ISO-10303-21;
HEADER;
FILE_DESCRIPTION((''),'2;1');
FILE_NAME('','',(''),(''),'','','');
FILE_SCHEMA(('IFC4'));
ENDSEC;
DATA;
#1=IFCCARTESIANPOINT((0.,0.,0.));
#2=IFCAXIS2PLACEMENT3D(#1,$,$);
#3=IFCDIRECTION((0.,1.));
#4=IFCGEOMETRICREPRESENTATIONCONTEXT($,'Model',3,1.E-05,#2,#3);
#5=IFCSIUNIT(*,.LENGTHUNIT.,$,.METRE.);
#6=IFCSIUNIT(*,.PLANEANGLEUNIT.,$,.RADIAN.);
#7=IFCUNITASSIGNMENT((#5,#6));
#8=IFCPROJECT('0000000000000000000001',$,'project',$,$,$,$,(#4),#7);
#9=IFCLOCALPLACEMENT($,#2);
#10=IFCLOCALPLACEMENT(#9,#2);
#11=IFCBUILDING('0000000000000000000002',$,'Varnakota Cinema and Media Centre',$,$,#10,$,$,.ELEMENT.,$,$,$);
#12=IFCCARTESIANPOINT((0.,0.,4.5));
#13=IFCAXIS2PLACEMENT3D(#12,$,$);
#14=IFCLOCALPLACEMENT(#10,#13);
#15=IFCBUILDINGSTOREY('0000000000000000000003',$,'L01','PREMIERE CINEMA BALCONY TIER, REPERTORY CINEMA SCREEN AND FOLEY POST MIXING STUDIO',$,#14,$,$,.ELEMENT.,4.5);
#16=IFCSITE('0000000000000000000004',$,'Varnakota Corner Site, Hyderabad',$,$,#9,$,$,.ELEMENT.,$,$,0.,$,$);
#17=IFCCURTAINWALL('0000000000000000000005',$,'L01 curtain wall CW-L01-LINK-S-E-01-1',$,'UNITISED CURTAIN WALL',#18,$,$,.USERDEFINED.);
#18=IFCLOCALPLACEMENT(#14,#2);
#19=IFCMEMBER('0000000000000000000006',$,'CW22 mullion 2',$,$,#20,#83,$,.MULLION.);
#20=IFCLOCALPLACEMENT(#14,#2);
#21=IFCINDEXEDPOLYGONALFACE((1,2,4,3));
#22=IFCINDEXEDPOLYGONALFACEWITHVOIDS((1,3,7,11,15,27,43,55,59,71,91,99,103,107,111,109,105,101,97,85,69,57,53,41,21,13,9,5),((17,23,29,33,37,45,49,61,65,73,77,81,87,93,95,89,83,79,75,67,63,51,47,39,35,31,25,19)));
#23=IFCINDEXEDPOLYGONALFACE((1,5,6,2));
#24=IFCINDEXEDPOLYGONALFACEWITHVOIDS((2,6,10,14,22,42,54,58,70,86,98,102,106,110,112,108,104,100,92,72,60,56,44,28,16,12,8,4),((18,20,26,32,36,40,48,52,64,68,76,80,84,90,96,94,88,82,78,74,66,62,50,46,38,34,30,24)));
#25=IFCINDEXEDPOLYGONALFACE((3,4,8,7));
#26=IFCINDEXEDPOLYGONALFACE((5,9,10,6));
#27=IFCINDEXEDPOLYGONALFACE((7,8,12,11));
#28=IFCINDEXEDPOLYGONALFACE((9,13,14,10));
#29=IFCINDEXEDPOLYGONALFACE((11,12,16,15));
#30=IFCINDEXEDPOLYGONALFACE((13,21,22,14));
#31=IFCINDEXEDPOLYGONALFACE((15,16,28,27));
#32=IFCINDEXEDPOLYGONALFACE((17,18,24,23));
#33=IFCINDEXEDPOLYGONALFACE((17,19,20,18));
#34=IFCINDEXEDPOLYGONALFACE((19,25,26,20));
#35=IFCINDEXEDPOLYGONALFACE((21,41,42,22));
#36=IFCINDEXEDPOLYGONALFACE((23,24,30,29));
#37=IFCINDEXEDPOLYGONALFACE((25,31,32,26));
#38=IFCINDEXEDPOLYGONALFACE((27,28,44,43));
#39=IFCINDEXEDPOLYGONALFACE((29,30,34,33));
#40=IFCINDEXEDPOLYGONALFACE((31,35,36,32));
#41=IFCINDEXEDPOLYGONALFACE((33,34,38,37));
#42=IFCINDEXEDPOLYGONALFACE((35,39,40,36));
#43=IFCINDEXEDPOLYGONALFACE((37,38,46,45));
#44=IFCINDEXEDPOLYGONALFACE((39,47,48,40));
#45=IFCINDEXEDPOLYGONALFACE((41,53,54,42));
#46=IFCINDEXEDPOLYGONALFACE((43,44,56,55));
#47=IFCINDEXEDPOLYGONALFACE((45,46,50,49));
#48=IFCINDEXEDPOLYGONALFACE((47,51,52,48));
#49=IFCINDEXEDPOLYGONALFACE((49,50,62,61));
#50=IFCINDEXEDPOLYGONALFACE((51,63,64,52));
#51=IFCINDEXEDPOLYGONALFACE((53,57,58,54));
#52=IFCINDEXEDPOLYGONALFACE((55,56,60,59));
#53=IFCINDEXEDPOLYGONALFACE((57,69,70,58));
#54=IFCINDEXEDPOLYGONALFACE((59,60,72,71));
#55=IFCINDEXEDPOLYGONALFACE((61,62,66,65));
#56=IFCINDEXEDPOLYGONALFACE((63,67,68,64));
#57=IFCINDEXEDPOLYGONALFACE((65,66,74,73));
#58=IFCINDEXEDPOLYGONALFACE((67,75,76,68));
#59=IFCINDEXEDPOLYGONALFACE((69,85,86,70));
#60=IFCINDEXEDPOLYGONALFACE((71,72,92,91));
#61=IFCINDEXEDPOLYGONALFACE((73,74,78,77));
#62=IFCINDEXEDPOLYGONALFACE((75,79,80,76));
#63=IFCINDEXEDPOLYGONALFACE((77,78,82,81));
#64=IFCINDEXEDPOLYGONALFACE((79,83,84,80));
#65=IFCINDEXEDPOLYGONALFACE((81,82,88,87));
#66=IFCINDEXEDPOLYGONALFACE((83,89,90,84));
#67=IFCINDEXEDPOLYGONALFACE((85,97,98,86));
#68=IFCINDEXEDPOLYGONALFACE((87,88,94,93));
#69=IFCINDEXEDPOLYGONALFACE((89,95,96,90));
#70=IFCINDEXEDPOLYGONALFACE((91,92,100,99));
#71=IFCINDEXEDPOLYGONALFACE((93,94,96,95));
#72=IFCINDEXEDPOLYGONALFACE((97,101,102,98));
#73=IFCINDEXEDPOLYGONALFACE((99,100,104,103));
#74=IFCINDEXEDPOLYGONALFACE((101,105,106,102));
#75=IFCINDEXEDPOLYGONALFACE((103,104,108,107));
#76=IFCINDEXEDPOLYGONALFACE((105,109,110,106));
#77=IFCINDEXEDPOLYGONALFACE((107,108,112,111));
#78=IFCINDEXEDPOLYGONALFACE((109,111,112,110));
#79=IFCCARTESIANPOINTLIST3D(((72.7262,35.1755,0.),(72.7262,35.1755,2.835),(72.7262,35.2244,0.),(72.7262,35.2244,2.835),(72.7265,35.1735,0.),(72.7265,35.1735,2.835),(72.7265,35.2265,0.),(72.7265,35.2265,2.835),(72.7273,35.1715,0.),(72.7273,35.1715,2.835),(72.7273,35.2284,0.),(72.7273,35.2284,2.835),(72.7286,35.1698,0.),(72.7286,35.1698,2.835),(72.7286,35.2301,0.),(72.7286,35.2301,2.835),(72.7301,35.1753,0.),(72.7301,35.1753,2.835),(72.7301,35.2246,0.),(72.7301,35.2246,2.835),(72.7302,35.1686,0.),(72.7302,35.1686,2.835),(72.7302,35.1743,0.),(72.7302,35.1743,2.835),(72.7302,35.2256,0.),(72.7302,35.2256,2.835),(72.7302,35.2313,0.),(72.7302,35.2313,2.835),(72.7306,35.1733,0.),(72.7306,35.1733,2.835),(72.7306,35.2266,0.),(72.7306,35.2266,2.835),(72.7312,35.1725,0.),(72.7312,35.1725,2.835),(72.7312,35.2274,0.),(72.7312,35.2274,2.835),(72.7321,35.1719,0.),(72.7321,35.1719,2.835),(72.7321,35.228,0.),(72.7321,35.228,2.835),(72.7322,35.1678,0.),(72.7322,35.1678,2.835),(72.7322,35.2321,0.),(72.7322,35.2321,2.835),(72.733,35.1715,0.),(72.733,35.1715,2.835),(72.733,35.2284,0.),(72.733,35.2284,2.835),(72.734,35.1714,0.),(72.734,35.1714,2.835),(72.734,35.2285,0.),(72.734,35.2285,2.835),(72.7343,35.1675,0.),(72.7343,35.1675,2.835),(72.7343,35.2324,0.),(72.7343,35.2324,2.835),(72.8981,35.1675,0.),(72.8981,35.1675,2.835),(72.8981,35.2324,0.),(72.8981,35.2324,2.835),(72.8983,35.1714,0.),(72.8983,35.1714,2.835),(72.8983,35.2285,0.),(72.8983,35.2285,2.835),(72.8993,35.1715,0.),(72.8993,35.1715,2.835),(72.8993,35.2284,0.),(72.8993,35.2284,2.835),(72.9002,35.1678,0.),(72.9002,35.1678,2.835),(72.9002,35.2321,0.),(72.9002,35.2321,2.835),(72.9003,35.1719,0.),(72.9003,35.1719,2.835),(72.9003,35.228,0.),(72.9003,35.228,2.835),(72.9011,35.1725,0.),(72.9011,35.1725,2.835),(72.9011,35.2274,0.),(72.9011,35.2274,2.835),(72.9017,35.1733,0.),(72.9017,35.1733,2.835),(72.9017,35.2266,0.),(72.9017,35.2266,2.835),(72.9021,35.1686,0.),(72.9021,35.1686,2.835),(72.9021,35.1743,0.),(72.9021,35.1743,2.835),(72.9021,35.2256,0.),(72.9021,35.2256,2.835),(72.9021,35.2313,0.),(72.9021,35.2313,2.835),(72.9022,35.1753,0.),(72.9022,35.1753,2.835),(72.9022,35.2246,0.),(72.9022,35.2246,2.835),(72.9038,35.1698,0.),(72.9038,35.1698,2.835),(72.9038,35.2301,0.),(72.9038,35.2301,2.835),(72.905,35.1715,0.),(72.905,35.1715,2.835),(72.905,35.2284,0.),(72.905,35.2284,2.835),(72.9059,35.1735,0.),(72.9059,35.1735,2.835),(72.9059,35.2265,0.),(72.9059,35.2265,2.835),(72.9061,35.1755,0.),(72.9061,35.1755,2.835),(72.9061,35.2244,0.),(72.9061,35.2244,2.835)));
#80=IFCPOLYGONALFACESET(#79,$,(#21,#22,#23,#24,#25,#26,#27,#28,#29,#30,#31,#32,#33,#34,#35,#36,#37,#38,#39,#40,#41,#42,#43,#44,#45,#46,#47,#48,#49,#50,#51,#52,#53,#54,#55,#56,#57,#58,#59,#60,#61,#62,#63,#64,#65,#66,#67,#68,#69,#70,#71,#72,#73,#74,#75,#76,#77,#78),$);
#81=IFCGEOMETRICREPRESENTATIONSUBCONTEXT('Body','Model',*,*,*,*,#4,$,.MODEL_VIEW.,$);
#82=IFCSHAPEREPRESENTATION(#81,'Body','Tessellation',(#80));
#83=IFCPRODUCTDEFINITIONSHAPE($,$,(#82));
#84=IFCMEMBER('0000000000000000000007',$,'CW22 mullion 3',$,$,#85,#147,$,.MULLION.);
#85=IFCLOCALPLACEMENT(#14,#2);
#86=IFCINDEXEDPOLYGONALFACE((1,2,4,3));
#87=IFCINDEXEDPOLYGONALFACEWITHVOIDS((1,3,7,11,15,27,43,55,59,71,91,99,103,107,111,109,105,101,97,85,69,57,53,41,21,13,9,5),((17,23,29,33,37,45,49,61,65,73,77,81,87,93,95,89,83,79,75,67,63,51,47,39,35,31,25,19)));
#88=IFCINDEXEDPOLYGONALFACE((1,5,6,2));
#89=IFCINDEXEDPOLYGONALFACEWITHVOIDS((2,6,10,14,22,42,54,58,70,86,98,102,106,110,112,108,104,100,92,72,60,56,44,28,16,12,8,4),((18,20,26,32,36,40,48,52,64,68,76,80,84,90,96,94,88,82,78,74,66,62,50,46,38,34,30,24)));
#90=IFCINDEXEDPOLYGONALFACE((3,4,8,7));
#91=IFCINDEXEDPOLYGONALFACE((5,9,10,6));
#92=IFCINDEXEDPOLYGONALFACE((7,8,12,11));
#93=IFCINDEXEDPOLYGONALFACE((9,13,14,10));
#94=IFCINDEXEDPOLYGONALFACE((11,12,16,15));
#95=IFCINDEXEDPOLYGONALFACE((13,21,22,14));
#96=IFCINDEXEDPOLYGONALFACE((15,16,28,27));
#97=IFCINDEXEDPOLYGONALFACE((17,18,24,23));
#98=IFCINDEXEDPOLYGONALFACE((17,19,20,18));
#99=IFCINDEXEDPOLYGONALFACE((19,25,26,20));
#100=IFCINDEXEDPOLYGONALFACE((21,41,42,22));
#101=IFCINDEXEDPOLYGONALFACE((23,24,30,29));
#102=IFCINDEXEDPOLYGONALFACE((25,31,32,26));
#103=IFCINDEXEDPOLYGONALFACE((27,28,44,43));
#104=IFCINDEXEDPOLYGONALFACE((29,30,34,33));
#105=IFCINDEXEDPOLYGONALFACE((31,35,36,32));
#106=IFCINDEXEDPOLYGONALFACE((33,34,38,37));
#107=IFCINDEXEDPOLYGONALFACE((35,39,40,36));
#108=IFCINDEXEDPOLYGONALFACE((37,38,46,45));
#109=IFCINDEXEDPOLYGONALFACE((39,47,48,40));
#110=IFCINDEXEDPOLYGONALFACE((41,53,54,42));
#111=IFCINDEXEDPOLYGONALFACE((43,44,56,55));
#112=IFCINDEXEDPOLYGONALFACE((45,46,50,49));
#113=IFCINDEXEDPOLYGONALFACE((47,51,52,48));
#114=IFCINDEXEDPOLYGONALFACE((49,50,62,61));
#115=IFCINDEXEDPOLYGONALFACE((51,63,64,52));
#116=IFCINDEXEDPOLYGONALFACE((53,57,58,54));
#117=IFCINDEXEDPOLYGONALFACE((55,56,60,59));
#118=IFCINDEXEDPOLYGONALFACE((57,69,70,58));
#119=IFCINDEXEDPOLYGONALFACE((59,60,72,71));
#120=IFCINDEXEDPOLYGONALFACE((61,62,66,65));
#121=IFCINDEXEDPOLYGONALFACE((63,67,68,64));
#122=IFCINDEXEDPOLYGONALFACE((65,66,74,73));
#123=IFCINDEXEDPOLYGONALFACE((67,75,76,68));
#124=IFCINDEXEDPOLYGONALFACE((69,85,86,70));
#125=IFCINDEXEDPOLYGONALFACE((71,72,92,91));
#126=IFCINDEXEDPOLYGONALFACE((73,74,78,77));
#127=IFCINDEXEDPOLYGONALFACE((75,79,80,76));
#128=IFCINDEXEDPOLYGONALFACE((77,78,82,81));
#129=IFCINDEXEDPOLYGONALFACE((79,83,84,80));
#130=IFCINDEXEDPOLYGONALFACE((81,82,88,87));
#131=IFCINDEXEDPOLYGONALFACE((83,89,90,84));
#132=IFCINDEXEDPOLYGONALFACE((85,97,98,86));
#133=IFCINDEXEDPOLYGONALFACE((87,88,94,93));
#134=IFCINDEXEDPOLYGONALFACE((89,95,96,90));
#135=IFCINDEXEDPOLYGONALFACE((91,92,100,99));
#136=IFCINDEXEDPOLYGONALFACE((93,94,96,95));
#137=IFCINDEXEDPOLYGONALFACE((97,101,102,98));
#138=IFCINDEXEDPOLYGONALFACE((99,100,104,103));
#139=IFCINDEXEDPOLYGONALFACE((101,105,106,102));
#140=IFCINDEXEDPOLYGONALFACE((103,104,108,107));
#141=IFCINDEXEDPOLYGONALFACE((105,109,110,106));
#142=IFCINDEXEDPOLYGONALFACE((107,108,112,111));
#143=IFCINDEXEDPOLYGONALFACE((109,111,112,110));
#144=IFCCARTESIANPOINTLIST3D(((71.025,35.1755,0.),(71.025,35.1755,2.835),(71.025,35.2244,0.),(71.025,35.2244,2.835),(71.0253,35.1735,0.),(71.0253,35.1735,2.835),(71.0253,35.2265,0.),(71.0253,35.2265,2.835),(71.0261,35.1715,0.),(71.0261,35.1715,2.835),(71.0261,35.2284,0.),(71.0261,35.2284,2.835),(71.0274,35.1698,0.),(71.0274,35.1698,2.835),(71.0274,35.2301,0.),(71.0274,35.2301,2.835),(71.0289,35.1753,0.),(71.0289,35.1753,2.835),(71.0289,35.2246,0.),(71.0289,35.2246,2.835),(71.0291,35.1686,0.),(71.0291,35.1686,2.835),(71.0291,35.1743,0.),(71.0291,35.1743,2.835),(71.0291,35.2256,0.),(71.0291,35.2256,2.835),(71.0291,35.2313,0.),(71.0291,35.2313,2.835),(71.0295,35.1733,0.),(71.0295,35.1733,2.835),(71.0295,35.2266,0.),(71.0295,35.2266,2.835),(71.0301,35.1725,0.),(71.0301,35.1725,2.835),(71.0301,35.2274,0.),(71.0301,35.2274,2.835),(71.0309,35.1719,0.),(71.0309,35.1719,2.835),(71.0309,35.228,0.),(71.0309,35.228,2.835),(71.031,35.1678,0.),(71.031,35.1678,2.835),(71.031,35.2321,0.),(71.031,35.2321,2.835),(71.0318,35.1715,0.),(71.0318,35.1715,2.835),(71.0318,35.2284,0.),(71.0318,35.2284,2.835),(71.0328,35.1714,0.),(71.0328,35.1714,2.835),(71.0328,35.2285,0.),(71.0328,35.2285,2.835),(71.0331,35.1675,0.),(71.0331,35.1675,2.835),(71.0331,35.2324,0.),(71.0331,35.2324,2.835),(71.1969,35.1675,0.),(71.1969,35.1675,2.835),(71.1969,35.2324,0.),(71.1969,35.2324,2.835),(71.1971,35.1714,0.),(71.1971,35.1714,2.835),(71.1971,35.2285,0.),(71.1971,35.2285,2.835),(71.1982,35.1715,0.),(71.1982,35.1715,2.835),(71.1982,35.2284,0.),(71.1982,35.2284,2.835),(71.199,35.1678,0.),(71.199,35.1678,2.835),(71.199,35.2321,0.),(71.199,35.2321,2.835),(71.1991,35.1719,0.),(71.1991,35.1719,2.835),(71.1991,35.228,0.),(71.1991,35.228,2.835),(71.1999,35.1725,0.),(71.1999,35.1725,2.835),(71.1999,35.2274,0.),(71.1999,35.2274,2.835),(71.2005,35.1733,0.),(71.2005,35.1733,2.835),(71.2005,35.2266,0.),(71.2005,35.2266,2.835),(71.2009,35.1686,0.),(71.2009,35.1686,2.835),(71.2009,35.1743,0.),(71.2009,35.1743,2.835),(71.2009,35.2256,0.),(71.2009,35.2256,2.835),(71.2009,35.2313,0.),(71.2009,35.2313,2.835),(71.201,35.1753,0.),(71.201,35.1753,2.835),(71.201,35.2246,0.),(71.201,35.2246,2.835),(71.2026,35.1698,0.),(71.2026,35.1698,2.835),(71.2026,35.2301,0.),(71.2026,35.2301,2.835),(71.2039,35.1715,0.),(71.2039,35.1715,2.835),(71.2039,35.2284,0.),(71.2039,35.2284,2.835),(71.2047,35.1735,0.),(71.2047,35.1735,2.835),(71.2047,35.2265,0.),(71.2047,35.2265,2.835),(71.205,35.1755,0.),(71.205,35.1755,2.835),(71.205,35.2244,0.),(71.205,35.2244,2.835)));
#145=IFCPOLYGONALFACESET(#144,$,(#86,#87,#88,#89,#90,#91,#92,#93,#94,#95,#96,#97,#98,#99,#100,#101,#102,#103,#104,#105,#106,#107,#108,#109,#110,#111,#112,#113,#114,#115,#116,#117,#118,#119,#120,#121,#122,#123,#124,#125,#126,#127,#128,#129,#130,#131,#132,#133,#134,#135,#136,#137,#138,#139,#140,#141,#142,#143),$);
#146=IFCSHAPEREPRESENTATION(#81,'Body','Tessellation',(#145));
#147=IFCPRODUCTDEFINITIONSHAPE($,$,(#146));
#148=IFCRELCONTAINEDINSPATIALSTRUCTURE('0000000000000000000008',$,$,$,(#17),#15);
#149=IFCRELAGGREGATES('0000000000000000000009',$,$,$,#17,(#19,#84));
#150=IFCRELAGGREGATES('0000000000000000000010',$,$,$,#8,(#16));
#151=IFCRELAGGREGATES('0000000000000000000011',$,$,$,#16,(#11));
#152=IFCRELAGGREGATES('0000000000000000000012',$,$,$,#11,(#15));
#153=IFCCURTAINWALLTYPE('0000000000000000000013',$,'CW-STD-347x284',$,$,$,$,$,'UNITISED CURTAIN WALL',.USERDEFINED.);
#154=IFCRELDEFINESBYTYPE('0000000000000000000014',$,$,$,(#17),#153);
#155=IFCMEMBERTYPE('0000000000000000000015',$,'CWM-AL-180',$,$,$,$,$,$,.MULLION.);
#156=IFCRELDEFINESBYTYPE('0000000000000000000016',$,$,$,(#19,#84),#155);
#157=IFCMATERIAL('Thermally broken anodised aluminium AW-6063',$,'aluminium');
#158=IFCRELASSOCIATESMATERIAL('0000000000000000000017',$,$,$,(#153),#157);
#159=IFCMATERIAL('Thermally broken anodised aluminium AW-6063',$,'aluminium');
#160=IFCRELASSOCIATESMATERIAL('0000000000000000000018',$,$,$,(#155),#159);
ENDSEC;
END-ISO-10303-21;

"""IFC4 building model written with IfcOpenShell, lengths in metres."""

from ifc_helpers import new_model, si_unit, direction, frame, origin, origin_2d, place, context, subcontext, project, spatial, hollow_rectangle, extrude, material, material_profile, profile_set, type_object, element, aggregate, save


model = new_model("IFC4")

# Units and contexts
model_context = context("Model", 3, precision=1e-05, world=origin(), true_north=direction((0.0, 1.0)))
body_context = subcontext(model_context, "Body", "Model", "MODEL_VIEW")
ifc_project = project(units=[si_unit("LENGTHUNIT", "METRE"), si_unit("PLANEANGLEUNIT", "RADIAN")], contexts=[model_context])

# Site, building, storey
site_placement = place(None, origin())
site = spatial("IfcSite", under=ifc_project, at=site_placement, Name="Varnakota Corner Site, Hyderabad", CompositionType="ELEMENT", RefElevation=0.0)
building_placement = place(site_placement, origin())
building = spatial("IfcBuilding", under=site, at=building_placement, Name="Varnakota Cinema and Media Centre", CompositionType="ELEMENT")
storey_placement = place(building_placement, frame((0.0, 0.0, 4.5)))
storey = spatial("IfcBuildingStorey", under=building, at=storey_placement, Name="L01", Description="PREMIERE CINEMA BALCONY TIER, REPERTORY CINEMA SCREEN AND FOLEY POST MIXING STUDIO", CompositionType="ELEMENT", Elevation=4.5)

# Curtain wall, members
ifc_material_1 = material(Name="Thermally broken anodised aluminium AW-6063", Category="aluminium")
curtain_wall_type = type_object("IfcCurtainWallType", Name="CW-STD-347x284", ElementType="UNITISED CURTAIN WALL", PredefinedType="USERDEFINED", material=ifc_material_1)
curtain_wall_1_placement = place(storey_placement, origin())
curtain_wall_1 = element("IfcCurtainWall", 1, at=curtain_wall_1_placement, inside=storey, type_object=curtain_wall_type, Name="L01 curtain wall CW-L01-LINK-S-E-01-1", ObjectType="UNITISED CURTAIN WALL", PredefinedType="USERDEFINED")
ifc_material_2 = material(Name="Thermally broken anodised aluminium AW-6063", Category="aluminium")
ifc_material_profile_1 = material_profile(ifc_material_2, hollow_rectangle(XDim=0.0649, YDim=0.1799, WallThickness=0.0039, InnerFilletRadius=0.0039, OuterFilletRadius=0.0081, at=origin_2d()), Name="AL-MULLION 180x65x4")
ifc_profile_set_1 = profile_set([ifc_material_profile_1], Name="Thermally broken anodised aluminium AW-6063")
member_type_1 = type_object("IfcMemberType", Name="CWM-AL-180", PredefinedType="MULLION", material=ifc_profile_set_1)
member_1_placement = place(storey_placement, frame((72.8162, 35.2, 0.0), z_axis=(0.0, 0.0, 1.0), x_axis=(0.0, -1.0, 0.0)))
member_1 = element("IfcMember", 2, at=member_1_placement, type_object=member_type_1, Name="CW22 mullion 2", PredefinedType="MULLION", context=body_context, shape_type="SweptSolid", body=[
    extrude(hollow_rectangle(XDim=0.0649, YDim=0.1799, WallThickness=0.0039, InnerFilletRadius=0.0039, OuterFilletRadius=0.0081, at=origin_2d()), origin(), (0.0, 0.0, 1.0), 2.835),
])
member_2_placement = place(storey_placement, frame((71.115, 35.2, 0.0), z_axis=(0.0, 0.0, 1.0), x_axis=(0.0, -1.0, 0.0)))
member_2 = element("IfcMember", 3, at=member_2_placement, type_object=member_type_1, Name="CW22 mullion 3", PredefinedType="MULLION", context=body_context, shape_type="SweptSolid", body=[
    extrude(hollow_rectangle(XDim=0.0649, YDim=0.1799, WallThickness=0.0039, InnerFilletRadius=0.0039, OuterFilletRadius=0.0081, at=origin_2d()), origin(), (0.0, 0.0, 1.0), 2.835),
])

aggregate(curtain_wall_1, [member_1, member_2])

save(model, "model.ifc")
